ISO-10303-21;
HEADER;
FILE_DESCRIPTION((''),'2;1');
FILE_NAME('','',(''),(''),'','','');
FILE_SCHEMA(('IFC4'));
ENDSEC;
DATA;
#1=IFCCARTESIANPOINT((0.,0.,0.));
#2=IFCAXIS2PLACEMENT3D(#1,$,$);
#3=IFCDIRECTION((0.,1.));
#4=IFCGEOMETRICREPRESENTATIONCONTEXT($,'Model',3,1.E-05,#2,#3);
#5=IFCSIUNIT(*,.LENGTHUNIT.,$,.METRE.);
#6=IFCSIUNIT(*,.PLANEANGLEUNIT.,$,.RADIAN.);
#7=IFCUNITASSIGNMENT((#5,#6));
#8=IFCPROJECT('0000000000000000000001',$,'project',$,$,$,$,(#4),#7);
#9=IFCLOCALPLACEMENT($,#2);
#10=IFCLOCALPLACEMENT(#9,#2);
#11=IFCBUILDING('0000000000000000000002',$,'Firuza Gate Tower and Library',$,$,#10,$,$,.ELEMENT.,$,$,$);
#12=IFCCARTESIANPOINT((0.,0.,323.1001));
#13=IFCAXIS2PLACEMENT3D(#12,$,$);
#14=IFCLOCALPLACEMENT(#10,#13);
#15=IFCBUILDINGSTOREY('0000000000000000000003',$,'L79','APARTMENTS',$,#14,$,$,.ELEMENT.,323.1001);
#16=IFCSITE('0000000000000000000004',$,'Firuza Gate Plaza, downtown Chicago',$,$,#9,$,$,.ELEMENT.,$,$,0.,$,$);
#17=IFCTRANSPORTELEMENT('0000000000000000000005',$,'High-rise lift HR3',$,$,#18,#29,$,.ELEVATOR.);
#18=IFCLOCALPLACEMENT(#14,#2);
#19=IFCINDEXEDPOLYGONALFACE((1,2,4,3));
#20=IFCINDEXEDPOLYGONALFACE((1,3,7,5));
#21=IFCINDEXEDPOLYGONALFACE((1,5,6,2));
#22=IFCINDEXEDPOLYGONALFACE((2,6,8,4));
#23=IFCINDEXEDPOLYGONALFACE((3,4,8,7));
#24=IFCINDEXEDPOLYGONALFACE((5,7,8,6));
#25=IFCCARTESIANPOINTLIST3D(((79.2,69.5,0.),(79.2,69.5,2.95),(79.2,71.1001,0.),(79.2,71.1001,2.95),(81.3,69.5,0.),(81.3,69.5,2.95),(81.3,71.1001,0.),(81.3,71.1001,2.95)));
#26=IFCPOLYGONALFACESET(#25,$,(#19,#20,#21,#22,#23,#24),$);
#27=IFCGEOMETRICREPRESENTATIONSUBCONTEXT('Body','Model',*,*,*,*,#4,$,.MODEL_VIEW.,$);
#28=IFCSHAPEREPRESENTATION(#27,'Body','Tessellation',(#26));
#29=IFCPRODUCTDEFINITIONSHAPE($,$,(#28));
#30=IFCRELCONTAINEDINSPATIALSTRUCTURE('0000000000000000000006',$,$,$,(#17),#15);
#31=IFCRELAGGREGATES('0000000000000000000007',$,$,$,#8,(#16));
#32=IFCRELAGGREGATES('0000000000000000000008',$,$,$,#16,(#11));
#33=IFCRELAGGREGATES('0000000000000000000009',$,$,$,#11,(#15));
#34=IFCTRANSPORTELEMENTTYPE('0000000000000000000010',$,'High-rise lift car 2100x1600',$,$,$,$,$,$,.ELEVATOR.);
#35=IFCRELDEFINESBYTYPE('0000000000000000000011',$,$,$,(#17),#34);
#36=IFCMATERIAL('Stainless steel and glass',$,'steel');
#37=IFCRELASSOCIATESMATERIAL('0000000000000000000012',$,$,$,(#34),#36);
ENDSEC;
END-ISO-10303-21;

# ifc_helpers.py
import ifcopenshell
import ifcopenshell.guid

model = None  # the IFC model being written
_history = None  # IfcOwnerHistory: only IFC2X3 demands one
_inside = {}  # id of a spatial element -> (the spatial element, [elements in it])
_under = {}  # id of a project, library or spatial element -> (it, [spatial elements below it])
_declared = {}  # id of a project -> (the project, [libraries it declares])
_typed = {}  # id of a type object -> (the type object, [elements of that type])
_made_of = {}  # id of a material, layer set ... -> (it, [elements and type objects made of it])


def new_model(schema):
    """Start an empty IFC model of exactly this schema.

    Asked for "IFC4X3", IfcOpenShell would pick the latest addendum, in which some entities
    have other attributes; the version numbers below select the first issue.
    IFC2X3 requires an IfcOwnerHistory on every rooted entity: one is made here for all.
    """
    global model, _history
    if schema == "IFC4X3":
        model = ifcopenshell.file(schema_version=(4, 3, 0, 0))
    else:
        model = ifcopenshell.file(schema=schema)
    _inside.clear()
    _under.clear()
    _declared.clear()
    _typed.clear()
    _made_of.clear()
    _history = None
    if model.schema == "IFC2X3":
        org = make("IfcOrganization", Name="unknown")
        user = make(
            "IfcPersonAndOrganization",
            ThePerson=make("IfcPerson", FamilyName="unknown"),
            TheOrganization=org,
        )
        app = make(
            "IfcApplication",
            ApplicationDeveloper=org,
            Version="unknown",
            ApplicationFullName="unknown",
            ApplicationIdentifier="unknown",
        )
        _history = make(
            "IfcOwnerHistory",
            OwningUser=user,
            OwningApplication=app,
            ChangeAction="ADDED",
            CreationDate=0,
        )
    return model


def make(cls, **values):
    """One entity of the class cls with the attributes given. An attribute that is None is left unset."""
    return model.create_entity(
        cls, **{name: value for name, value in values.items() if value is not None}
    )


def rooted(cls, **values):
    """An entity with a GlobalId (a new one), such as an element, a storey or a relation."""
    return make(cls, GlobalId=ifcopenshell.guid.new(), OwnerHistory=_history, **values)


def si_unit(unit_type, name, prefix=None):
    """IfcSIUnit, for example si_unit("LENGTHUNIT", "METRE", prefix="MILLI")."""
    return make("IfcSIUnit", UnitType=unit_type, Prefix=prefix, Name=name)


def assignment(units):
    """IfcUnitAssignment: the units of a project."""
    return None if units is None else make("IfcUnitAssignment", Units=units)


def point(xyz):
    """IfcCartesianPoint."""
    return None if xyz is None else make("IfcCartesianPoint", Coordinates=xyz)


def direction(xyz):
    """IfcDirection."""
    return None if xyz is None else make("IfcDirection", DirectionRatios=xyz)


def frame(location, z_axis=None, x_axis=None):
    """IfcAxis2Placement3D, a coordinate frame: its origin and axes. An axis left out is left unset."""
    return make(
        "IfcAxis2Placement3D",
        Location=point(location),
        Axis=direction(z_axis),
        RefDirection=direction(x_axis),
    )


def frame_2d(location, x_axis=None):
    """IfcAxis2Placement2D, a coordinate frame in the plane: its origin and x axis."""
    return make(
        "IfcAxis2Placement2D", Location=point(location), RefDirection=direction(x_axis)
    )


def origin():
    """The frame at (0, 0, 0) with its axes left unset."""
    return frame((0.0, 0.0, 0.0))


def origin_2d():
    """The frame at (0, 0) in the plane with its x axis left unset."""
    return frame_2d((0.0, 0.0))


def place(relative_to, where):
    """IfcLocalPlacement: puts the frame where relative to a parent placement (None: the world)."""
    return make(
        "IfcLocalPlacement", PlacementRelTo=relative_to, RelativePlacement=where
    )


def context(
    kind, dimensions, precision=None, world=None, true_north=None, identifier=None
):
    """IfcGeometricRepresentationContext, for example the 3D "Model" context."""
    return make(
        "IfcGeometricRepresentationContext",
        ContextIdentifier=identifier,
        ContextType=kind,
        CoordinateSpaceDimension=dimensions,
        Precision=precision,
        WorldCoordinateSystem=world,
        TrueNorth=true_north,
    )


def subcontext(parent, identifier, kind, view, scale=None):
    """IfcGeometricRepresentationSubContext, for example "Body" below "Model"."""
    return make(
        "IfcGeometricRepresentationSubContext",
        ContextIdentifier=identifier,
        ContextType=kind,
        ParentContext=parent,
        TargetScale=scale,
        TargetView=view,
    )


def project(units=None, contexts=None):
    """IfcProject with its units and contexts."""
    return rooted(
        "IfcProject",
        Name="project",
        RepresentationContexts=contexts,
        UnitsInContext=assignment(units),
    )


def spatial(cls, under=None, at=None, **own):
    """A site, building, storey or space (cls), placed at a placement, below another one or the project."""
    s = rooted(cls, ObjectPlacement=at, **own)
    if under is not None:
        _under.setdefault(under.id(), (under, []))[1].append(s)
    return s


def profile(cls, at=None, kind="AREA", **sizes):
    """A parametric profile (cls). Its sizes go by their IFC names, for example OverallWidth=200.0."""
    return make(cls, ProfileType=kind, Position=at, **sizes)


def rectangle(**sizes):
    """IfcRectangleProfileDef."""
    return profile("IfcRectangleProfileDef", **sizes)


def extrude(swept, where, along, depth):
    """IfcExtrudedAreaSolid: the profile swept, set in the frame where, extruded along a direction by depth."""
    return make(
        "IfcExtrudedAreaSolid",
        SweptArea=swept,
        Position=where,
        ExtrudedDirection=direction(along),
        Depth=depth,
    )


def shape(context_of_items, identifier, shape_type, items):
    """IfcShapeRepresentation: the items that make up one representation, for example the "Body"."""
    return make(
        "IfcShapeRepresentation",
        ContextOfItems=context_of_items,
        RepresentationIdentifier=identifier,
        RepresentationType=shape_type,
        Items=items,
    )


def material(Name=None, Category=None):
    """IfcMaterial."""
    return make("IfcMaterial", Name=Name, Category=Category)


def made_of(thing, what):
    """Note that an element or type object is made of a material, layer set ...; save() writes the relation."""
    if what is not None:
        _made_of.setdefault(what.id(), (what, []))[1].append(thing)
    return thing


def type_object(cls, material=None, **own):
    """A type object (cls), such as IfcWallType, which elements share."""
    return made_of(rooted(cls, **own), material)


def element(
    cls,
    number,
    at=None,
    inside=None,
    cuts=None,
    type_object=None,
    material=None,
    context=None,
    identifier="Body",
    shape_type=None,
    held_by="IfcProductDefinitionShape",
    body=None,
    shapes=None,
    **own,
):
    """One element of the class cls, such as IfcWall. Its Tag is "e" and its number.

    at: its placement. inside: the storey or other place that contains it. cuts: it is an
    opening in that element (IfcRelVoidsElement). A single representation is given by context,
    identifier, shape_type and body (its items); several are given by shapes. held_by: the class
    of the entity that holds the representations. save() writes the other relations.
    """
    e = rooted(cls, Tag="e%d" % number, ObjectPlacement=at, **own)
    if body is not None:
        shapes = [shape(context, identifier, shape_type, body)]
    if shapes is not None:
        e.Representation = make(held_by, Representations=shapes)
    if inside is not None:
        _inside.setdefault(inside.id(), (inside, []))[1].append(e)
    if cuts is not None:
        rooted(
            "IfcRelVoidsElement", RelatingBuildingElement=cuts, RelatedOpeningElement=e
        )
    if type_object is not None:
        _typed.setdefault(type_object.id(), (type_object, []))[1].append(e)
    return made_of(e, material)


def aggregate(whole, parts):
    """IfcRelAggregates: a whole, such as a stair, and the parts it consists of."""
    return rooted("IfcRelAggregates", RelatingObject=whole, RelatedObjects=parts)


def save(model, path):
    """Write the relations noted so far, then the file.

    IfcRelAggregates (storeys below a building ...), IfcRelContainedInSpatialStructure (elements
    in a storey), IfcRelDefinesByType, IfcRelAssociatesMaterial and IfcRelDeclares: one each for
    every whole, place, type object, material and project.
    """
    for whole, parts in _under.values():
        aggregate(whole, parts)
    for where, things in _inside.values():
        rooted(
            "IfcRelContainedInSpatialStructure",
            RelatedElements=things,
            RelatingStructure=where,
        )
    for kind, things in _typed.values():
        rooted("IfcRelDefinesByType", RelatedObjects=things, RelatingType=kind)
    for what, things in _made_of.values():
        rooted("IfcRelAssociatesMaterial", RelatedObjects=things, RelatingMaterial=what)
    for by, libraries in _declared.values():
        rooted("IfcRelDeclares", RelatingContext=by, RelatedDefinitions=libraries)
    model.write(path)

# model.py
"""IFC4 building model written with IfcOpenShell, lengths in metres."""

from ifc_helpers import new_model, si_unit, direction, frame, origin, origin_2d, place, context, subcontext, project, spatial, rectangle, extrude, material, type_object, element, save


model = new_model("IFC4")

# Units and contexts
model_context = context("Model", 3, precision=1e-05, world=origin(), true_north=direction((0.0, 1.0)))
body_context = subcontext(model_context, "Body", "Model", "MODEL_VIEW")
ifc_project = project(units=[si_unit("LENGTHUNIT", "METRE"), si_unit("PLANEANGLEUNIT", "RADIAN")], contexts=[model_context])

# Site, building, storey
site_placement = place(None, origin())
site = spatial("IfcSite", under=ifc_project, at=site_placement, Name="Firuza Gate Plaza, downtown Chicago", CompositionType="ELEMENT", RefElevation=0.0)
building_placement = place(site_placement, origin())
building = spatial("IfcBuilding", under=site, at=building_placement, Name="Firuza Gate Tower and Library", CompositionType="ELEMENT")
storey_placement = place(building_placement, frame((0.0, 0.0, 323.1001)))
storey = spatial("IfcBuildingStorey", under=building, at=storey_placement, Name="L79", Description="APARTMENTS", CompositionType="ELEMENT", Elevation=323.1001)

# Transport element
ifc_material_1 = material(Name="Stainless steel and glass", Category="steel")
transport_element_type = type_object("IfcTransportElementType", Name="High-rise lift car 2100x1600", PredefinedType="ELEVATOR", material=ifc_material_1)
transport_element_placement = place(storey_placement, frame((80.25, 70.3, 0.0), z_axis=(0.0, 0.0, 1.0), x_axis=(1.0, 0.0, 0.0)))
element("IfcTransportElement", 1, at=transport_element_placement, inside=storey, type_object=transport_element_type, Name="High-rise lift HR3", PredefinedType="ELEVATOR", context=body_context, shape_type="SweptSolid", body=[
    extrude(rectangle(XDim=2.1001, YDim=1.6001, at=origin_2d()), origin(), (0.0, 0.0, 1.0), 2.95),
])

save(model, "model.ifc")
